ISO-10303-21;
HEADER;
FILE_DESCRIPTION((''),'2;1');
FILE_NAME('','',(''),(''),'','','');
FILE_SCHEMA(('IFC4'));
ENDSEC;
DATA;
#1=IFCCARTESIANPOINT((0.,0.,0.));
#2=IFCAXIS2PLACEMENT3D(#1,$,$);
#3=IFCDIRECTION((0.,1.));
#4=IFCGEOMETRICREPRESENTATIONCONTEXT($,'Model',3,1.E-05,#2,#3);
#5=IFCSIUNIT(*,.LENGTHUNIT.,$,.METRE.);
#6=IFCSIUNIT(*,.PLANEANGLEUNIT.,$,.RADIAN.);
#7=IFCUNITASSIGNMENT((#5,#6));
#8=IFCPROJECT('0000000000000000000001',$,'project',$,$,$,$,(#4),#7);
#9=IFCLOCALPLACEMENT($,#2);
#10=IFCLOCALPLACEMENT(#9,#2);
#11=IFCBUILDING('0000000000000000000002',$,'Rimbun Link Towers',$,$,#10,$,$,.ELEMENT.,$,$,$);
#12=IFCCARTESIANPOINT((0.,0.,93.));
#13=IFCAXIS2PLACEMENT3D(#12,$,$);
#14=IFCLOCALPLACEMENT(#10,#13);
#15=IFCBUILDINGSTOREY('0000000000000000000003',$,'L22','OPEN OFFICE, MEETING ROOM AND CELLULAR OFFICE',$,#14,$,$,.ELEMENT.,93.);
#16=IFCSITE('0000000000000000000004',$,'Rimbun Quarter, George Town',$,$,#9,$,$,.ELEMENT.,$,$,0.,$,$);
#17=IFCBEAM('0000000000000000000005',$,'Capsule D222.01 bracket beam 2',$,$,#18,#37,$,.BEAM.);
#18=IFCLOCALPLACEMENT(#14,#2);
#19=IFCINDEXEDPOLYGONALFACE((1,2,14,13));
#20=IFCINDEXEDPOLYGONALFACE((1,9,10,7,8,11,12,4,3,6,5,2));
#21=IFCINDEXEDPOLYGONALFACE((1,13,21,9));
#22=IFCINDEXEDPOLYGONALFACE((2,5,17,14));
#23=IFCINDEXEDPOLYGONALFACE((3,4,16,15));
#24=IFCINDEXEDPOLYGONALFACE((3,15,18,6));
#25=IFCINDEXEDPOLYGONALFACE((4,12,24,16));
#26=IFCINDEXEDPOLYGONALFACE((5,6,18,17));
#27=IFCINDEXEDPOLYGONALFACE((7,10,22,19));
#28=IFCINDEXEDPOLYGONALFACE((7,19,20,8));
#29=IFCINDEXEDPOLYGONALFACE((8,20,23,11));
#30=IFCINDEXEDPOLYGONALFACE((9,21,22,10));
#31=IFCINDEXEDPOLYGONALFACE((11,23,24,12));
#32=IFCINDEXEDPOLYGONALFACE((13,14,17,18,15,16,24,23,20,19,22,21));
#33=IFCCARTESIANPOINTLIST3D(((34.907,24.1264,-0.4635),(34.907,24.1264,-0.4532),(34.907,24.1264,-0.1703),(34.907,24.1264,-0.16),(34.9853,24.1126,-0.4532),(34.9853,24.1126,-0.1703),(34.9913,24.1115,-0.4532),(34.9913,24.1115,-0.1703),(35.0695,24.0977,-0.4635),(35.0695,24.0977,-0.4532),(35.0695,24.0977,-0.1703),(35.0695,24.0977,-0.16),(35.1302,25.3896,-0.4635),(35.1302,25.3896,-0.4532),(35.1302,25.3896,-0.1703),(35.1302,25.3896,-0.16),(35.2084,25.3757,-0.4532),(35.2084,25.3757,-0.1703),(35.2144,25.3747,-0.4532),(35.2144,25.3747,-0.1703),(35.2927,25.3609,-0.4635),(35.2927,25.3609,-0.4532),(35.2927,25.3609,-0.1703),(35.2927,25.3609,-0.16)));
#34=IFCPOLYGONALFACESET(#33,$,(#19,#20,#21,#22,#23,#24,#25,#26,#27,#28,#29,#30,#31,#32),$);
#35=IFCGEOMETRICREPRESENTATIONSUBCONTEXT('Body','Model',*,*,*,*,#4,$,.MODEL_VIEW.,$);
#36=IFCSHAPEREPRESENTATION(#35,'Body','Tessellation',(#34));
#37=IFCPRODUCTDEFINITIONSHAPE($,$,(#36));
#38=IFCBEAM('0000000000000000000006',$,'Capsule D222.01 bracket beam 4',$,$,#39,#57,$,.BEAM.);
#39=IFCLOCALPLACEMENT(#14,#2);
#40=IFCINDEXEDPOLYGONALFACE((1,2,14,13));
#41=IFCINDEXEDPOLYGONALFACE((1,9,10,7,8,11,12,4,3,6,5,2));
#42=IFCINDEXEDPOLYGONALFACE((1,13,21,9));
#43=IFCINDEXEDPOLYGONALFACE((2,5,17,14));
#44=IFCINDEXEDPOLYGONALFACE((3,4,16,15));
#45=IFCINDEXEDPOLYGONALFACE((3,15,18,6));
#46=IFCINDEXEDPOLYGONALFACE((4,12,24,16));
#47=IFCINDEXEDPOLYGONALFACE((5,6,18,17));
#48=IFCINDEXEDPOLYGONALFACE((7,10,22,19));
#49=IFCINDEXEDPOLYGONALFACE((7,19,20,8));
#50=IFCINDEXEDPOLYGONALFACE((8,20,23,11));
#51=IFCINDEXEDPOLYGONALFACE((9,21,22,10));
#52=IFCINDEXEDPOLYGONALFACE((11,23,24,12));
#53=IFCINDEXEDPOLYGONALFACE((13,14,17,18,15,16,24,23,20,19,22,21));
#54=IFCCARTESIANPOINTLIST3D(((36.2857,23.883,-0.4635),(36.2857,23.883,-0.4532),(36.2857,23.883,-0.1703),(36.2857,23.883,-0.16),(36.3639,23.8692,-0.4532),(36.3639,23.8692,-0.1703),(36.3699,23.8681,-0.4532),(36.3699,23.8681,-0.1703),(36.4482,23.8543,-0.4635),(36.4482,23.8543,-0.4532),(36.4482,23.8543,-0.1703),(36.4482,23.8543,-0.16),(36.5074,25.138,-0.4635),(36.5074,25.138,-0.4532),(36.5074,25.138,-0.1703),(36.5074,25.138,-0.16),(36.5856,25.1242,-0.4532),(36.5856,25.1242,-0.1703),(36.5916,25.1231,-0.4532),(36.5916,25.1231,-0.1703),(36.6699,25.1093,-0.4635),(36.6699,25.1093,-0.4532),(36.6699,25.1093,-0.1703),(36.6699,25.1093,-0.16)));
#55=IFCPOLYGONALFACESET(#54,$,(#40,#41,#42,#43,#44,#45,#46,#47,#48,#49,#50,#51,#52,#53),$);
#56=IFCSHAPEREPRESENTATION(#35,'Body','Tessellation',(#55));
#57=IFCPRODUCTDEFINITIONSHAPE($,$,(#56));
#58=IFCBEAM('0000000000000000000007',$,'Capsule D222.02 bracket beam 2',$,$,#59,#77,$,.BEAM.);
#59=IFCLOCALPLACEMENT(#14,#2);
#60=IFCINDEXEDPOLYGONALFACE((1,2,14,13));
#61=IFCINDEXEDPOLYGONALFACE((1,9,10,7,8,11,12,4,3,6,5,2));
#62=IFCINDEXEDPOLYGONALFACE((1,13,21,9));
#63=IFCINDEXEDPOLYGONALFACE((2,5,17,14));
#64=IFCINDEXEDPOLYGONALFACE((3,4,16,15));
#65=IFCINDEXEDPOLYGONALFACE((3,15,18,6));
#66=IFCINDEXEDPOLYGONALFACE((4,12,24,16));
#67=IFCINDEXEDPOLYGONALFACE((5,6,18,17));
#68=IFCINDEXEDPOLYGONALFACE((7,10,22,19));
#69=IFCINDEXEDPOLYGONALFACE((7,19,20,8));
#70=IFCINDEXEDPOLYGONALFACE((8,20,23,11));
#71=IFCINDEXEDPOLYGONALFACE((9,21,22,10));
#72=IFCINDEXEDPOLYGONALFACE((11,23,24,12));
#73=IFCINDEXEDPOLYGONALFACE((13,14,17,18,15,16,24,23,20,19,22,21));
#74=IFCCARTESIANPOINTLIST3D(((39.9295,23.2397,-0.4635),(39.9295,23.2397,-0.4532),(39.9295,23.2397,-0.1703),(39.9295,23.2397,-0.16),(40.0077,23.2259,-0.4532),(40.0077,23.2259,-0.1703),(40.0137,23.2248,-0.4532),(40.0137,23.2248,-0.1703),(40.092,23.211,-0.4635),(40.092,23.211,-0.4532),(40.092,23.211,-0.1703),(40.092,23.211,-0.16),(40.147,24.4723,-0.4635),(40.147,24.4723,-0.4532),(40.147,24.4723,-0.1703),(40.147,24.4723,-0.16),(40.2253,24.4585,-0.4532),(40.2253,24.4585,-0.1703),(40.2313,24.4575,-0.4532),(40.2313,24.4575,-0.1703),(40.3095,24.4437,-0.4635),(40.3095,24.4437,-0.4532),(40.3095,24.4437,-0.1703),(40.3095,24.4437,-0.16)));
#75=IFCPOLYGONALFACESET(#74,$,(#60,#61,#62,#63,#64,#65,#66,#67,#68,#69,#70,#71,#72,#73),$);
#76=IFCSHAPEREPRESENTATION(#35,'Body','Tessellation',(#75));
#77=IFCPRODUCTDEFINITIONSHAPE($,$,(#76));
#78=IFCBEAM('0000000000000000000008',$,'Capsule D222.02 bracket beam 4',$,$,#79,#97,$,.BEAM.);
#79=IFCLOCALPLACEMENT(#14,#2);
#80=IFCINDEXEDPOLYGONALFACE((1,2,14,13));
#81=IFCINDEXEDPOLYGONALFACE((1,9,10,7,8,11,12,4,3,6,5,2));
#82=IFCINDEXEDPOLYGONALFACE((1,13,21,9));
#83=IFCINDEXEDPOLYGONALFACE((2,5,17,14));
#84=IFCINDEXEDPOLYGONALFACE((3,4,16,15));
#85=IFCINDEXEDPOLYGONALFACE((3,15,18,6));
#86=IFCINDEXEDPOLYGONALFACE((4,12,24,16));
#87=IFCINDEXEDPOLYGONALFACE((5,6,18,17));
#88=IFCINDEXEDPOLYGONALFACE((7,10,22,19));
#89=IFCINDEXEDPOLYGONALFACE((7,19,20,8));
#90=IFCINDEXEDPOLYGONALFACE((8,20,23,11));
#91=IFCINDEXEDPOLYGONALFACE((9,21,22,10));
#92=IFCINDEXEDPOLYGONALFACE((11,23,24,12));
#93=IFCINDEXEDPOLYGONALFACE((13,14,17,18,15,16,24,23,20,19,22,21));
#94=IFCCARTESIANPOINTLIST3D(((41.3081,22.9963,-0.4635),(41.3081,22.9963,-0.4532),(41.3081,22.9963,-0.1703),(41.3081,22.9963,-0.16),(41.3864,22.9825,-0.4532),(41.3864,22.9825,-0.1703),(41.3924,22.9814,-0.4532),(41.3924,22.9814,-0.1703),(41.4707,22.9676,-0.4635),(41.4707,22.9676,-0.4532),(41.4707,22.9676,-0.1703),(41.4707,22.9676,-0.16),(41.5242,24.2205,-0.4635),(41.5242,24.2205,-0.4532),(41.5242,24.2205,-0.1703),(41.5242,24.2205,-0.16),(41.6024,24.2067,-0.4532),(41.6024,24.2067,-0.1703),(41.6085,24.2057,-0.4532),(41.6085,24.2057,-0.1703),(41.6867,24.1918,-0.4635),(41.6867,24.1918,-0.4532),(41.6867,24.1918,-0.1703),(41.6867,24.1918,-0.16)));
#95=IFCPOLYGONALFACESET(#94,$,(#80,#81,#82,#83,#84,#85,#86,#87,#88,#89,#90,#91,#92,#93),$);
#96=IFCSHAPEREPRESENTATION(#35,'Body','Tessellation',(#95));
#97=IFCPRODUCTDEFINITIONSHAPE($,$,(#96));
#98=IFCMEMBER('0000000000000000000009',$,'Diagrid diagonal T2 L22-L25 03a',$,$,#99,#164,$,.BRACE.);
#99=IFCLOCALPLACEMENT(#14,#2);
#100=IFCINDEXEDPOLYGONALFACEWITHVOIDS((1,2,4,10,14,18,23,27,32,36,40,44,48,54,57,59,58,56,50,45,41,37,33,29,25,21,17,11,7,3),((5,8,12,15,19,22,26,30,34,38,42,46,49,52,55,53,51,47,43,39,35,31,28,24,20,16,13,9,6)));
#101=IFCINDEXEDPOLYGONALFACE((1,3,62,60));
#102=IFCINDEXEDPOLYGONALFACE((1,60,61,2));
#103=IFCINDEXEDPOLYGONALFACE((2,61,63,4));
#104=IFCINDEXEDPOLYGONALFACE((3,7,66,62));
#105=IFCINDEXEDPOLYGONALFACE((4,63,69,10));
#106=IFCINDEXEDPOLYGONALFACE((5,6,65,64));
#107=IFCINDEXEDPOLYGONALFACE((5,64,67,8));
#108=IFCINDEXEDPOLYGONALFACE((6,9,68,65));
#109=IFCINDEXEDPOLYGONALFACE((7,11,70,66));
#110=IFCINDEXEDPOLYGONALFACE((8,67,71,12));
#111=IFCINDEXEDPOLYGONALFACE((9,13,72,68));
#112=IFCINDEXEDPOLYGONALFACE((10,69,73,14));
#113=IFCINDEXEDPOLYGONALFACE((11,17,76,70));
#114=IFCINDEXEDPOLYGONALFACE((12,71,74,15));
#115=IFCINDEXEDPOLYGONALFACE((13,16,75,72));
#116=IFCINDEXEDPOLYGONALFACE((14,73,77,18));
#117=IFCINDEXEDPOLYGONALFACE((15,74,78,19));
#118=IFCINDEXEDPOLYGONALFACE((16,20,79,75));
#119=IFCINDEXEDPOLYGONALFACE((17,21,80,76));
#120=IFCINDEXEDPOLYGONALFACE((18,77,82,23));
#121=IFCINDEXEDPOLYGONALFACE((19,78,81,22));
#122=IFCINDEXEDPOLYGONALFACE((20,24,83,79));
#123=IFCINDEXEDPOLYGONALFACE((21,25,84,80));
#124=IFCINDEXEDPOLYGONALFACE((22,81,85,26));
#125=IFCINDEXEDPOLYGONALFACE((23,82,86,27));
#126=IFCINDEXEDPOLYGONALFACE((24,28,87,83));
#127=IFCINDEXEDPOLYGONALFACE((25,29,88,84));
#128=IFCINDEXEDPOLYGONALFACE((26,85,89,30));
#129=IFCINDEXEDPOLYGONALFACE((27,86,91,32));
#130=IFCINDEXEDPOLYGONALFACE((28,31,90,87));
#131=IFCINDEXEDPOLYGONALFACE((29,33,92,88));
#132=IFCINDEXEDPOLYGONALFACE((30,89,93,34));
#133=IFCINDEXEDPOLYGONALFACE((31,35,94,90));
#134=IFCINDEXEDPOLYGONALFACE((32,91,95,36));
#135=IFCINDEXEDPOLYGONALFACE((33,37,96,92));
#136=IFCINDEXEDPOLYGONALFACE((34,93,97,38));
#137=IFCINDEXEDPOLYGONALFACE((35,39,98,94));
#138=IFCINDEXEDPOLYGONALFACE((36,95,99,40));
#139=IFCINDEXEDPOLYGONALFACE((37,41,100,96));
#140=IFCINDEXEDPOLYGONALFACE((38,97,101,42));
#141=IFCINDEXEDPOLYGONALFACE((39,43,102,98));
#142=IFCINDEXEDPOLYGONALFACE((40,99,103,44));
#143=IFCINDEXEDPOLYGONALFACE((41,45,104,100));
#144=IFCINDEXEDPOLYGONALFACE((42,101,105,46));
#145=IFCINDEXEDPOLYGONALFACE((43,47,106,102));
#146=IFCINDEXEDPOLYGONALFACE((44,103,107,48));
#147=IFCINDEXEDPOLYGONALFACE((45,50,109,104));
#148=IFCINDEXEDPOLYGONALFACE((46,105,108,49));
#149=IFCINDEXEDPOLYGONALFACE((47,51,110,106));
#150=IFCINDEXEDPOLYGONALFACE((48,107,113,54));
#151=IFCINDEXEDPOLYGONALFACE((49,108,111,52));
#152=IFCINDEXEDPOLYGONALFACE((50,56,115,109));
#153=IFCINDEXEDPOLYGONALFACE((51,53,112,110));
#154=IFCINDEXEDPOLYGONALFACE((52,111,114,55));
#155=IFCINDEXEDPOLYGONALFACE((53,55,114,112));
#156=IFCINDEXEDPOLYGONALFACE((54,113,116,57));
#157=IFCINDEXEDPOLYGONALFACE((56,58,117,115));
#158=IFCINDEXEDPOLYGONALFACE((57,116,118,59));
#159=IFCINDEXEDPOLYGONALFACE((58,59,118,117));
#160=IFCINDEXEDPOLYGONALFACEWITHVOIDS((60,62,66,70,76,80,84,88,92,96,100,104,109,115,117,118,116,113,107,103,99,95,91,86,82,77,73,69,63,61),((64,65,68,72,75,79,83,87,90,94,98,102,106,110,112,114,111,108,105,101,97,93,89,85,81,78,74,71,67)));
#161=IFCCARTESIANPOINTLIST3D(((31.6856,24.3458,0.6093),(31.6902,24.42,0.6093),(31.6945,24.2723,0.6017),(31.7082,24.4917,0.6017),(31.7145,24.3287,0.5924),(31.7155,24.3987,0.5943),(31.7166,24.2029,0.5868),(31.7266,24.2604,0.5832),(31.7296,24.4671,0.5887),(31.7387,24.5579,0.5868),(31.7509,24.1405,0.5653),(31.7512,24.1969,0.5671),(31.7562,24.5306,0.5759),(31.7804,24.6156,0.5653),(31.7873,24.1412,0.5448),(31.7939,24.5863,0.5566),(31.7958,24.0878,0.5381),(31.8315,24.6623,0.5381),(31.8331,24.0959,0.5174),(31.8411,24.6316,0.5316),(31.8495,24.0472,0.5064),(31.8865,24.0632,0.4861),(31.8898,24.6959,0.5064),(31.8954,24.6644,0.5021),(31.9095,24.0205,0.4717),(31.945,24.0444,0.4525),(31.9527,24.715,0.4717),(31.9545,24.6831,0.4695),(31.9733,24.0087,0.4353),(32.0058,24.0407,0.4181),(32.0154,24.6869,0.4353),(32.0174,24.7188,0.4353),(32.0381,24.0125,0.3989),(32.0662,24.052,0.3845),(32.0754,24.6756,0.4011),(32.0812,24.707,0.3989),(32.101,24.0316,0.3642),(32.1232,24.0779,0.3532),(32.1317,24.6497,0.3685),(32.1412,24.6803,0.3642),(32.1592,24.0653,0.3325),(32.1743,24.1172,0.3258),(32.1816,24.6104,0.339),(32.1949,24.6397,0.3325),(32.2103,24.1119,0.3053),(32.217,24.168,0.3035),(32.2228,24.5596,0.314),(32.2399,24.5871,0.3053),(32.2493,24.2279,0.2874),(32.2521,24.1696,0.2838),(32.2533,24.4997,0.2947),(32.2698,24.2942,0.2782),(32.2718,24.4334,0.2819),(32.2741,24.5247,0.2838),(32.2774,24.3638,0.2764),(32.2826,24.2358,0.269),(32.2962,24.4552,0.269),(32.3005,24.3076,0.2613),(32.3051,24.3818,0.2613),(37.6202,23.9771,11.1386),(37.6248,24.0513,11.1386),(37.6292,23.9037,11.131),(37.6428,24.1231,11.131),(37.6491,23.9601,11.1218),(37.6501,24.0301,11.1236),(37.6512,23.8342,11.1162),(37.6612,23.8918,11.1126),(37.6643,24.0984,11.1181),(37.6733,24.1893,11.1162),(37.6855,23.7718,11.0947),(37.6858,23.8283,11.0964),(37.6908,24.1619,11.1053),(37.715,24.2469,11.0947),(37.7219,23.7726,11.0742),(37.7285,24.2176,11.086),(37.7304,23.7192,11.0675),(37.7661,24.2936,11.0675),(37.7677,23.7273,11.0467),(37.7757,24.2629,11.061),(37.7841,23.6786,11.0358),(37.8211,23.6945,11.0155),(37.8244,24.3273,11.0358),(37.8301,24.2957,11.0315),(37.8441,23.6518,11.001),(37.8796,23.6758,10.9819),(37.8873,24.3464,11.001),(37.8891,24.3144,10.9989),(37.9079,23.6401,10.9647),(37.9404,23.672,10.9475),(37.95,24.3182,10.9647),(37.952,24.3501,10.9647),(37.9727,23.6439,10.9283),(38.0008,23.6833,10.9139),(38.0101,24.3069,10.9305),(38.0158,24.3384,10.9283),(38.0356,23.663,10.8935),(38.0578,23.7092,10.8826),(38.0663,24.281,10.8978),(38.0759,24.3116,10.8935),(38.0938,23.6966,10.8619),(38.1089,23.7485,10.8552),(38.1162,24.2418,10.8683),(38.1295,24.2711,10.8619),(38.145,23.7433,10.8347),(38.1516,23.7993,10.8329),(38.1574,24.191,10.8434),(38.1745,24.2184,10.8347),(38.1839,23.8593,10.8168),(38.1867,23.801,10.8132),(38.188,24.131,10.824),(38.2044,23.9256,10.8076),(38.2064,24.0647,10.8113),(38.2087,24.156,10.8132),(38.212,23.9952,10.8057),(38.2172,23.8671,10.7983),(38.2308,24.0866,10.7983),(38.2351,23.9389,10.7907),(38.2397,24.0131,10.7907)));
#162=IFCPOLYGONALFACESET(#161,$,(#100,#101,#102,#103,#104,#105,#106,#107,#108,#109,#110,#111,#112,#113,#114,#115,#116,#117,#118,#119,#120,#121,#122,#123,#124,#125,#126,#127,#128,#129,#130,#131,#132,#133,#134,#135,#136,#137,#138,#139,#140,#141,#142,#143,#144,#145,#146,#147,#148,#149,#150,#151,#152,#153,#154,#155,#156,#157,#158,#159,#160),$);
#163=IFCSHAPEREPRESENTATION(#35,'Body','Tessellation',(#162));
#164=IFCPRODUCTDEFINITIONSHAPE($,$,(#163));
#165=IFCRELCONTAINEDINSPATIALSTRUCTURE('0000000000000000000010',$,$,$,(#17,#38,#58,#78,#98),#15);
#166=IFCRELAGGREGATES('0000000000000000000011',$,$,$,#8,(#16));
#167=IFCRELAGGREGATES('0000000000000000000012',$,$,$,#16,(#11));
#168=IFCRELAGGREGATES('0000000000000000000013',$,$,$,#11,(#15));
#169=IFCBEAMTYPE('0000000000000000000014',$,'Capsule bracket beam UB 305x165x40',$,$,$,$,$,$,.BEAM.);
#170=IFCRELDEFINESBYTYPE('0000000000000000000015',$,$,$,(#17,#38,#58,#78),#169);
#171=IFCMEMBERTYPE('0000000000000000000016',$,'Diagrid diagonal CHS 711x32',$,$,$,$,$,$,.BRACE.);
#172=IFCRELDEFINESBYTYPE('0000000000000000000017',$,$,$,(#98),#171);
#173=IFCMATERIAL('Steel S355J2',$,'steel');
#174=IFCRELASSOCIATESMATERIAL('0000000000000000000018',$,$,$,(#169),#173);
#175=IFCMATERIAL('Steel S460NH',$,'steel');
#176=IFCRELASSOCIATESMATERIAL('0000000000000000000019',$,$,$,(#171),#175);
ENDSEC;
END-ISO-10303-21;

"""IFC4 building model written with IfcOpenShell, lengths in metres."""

from ifc_helpers import new_model, si_unit, direction, frame, origin, origin_2d, place, context, subcontext, project, spatial, hollow_circle, i_section, extrude, material, material_profile, profile_set, type_object, element, save


model = new_model("IFC4")

# Units and contexts
model_context = context("Model", 3, precision=1e-05, world=origin(), true_north=direction((0.0, 1.0)))
body_context = subcontext(model_context, "Body", "Model", "MODEL_VIEW")
ifc_project = project(units=[si_unit("LENGTHUNIT", "METRE"), si_unit("PLANEANGLEUNIT", "RADIAN")], contexts=[model_context])

# Site, building, storey
site_placement = place(None, origin())
site = spatial("IfcSite", under=ifc_project, at=site_placement, Name="Rimbun Quarter, George Town", CompositionType="ELEMENT", RefElevation=0.0)
building_placement = place(site_placement, origin())
building = spatial("IfcBuilding", under=site, at=building_placement, Name="Rimbun Link Towers", CompositionType="ELEMENT")
storey_placement = place(building_placement, frame((0.0, 0.0, 93.0)))
storey = spatial("IfcBuildingStorey", under=building, at=storey_placement, Name="L22", Description="OPEN OFFICE, MEETING ROOM AND CELLULAR OFFICE", CompositionType="ELEMENT", Elevation=93.0)

# Beams
ifc_material_1 = material(Name="Steel S355J2", Category="steel")
ifc_material_profile_1 = material_profile(ifc_material_1, i_section(OverallWidth=0.165, OverallDepth=0.3035, WebThickness=0.0061, FlangeThickness=0.0103, at=origin_2d()), Name="UB 305x165x40")
ifc_profile_set_1 = profile_set([ifc_material_profile_1], Name="Steel S355J2")
beam_type = type_object("IfcBeamType", Name="Capsule bracket beam UB 305x165x40", PredefinedType="BEAM", material=ifc_profile_set_1)
beam_1_placement = place(storey_placement, frame((34.9883, 24.1121, -0.3118), z_axis=(0.173959, 0.984753, 0.0), x_axis=(-0.984753, 0.173959, 0.0)))
element("IfcBeam", 1, at=beam_1_placement, inside=storey, type_object=beam_type, Name="Capsule D222.01 bracket beam 2", PredefinedType="BEAM", context=body_context, shape_type="SweptSolid", body=[
    extrude(i_section(OverallWidth=0.165, OverallDepth=0.3035, WebThickness=0.0061, FlangeThickness=0.0103, at=origin_2d()), origin(), (0.0, 0.0, 1.0), 1.2827),
])
beam_2_placement = place(storey_placement, frame((36.3669, 23.8687, -0.3118), z_axis=(0.17396, 0.984753, 0.0), x_axis=(-0.984753, 0.17396, 0.0)))
element("IfcBeam", 2, at=beam_2_placement, inside=storey, type_object=beam_type, Name="Capsule D222.01 bracket beam 4", PredefinedType="BEAM", context=body_context, shape_type="SweptSolid", body=[
    extrude(i_section(OverallWidth=0.165, OverallDepth=0.3035, WebThickness=0.0061, FlangeThickness=0.0103, at=origin_2d()), origin(), (0.0, 0.0, 1.0), 1.2744),
])
beam_3_placement = place(storey_placement, frame((40.0107, 23.2253, -0.3118), z_axis=(0.173785, 0.984784, 0.0), x_axis=(-0.984784, 0.173785, 0.0)))
element("IfcBeam", 3, at=beam_3_placement, inside=storey, type_object=beam_type, Name="Capsule D222.02 bracket beam 2", PredefinedType="BEAM", context=body_context, shape_type="SweptSolid", body=[
    extrude(i_section(OverallWidth=0.165, OverallDepth=0.3035, WebThickness=0.0061, FlangeThickness=0.0103, at=origin_2d()), origin(), (0.0, 0.0, 1.0), 1.2517),
])
beam_4_placement = place(storey_placement, frame((41.3894, 22.9819, -0.3118), z_axis=(0.173785, 0.984784, 0.0), x_axis=(-0.984784, 0.173785, 0.0)))
element("IfcBeam", 4, at=beam_4_placement, inside=storey, type_object=beam_type, Name="Capsule D222.02 bracket beam 4", PredefinedType="BEAM", context=body_context, shape_type="SweptSolid", body=[
    extrude(i_section(OverallWidth=0.165, OverallDepth=0.3035, WebThickness=0.0061, FlangeThickness=0.0103, at=origin_2d()), origin(), (0.0, 0.0, 1.0), 1.2432),
])

# Member
ifc_material_2 = material(Name="Steel S460NH", Category="steel")
ifc_material_profile_2 = material_profile(ifc_material_2, hollow_circle(Radius=0.3557, WallThickness=0.032, at=origin_2d()), Name="Diagrid diagonal CHS 711x32")
ifc_profile_set_2 = profile_set([ifc_material_profile_2], Name="Steel S460NH")
member_type_1 = type_object("IfcMemberType", Name="Diagrid diagonal CHS 711x32", PredefinedType="BRACE", material=ifc_profile_set_2)
member_1_placement = place(storey_placement, frame((31.9954, 24.3638, 0.4353), z_axis=(0.490777, -0.030487, 0.870752), x_axis=(0.062, 0.998076, 0.0)))
element("IfcMember", 5, at=member_1_placement, inside=storey, type_object=member_type_1, Name="Diagrid diagonal T2 L22-L25 03a", PredefinedType="BRACE", context=body_context, shape_type="SweptSolid", body=[
    extrude(hollow_circle(Radius=0.3557, WallThickness=0.032, at=origin_2d()), origin(), (0.0, 0.0, 1.0), 12.0923),
])

save(model, "model.ifc")
